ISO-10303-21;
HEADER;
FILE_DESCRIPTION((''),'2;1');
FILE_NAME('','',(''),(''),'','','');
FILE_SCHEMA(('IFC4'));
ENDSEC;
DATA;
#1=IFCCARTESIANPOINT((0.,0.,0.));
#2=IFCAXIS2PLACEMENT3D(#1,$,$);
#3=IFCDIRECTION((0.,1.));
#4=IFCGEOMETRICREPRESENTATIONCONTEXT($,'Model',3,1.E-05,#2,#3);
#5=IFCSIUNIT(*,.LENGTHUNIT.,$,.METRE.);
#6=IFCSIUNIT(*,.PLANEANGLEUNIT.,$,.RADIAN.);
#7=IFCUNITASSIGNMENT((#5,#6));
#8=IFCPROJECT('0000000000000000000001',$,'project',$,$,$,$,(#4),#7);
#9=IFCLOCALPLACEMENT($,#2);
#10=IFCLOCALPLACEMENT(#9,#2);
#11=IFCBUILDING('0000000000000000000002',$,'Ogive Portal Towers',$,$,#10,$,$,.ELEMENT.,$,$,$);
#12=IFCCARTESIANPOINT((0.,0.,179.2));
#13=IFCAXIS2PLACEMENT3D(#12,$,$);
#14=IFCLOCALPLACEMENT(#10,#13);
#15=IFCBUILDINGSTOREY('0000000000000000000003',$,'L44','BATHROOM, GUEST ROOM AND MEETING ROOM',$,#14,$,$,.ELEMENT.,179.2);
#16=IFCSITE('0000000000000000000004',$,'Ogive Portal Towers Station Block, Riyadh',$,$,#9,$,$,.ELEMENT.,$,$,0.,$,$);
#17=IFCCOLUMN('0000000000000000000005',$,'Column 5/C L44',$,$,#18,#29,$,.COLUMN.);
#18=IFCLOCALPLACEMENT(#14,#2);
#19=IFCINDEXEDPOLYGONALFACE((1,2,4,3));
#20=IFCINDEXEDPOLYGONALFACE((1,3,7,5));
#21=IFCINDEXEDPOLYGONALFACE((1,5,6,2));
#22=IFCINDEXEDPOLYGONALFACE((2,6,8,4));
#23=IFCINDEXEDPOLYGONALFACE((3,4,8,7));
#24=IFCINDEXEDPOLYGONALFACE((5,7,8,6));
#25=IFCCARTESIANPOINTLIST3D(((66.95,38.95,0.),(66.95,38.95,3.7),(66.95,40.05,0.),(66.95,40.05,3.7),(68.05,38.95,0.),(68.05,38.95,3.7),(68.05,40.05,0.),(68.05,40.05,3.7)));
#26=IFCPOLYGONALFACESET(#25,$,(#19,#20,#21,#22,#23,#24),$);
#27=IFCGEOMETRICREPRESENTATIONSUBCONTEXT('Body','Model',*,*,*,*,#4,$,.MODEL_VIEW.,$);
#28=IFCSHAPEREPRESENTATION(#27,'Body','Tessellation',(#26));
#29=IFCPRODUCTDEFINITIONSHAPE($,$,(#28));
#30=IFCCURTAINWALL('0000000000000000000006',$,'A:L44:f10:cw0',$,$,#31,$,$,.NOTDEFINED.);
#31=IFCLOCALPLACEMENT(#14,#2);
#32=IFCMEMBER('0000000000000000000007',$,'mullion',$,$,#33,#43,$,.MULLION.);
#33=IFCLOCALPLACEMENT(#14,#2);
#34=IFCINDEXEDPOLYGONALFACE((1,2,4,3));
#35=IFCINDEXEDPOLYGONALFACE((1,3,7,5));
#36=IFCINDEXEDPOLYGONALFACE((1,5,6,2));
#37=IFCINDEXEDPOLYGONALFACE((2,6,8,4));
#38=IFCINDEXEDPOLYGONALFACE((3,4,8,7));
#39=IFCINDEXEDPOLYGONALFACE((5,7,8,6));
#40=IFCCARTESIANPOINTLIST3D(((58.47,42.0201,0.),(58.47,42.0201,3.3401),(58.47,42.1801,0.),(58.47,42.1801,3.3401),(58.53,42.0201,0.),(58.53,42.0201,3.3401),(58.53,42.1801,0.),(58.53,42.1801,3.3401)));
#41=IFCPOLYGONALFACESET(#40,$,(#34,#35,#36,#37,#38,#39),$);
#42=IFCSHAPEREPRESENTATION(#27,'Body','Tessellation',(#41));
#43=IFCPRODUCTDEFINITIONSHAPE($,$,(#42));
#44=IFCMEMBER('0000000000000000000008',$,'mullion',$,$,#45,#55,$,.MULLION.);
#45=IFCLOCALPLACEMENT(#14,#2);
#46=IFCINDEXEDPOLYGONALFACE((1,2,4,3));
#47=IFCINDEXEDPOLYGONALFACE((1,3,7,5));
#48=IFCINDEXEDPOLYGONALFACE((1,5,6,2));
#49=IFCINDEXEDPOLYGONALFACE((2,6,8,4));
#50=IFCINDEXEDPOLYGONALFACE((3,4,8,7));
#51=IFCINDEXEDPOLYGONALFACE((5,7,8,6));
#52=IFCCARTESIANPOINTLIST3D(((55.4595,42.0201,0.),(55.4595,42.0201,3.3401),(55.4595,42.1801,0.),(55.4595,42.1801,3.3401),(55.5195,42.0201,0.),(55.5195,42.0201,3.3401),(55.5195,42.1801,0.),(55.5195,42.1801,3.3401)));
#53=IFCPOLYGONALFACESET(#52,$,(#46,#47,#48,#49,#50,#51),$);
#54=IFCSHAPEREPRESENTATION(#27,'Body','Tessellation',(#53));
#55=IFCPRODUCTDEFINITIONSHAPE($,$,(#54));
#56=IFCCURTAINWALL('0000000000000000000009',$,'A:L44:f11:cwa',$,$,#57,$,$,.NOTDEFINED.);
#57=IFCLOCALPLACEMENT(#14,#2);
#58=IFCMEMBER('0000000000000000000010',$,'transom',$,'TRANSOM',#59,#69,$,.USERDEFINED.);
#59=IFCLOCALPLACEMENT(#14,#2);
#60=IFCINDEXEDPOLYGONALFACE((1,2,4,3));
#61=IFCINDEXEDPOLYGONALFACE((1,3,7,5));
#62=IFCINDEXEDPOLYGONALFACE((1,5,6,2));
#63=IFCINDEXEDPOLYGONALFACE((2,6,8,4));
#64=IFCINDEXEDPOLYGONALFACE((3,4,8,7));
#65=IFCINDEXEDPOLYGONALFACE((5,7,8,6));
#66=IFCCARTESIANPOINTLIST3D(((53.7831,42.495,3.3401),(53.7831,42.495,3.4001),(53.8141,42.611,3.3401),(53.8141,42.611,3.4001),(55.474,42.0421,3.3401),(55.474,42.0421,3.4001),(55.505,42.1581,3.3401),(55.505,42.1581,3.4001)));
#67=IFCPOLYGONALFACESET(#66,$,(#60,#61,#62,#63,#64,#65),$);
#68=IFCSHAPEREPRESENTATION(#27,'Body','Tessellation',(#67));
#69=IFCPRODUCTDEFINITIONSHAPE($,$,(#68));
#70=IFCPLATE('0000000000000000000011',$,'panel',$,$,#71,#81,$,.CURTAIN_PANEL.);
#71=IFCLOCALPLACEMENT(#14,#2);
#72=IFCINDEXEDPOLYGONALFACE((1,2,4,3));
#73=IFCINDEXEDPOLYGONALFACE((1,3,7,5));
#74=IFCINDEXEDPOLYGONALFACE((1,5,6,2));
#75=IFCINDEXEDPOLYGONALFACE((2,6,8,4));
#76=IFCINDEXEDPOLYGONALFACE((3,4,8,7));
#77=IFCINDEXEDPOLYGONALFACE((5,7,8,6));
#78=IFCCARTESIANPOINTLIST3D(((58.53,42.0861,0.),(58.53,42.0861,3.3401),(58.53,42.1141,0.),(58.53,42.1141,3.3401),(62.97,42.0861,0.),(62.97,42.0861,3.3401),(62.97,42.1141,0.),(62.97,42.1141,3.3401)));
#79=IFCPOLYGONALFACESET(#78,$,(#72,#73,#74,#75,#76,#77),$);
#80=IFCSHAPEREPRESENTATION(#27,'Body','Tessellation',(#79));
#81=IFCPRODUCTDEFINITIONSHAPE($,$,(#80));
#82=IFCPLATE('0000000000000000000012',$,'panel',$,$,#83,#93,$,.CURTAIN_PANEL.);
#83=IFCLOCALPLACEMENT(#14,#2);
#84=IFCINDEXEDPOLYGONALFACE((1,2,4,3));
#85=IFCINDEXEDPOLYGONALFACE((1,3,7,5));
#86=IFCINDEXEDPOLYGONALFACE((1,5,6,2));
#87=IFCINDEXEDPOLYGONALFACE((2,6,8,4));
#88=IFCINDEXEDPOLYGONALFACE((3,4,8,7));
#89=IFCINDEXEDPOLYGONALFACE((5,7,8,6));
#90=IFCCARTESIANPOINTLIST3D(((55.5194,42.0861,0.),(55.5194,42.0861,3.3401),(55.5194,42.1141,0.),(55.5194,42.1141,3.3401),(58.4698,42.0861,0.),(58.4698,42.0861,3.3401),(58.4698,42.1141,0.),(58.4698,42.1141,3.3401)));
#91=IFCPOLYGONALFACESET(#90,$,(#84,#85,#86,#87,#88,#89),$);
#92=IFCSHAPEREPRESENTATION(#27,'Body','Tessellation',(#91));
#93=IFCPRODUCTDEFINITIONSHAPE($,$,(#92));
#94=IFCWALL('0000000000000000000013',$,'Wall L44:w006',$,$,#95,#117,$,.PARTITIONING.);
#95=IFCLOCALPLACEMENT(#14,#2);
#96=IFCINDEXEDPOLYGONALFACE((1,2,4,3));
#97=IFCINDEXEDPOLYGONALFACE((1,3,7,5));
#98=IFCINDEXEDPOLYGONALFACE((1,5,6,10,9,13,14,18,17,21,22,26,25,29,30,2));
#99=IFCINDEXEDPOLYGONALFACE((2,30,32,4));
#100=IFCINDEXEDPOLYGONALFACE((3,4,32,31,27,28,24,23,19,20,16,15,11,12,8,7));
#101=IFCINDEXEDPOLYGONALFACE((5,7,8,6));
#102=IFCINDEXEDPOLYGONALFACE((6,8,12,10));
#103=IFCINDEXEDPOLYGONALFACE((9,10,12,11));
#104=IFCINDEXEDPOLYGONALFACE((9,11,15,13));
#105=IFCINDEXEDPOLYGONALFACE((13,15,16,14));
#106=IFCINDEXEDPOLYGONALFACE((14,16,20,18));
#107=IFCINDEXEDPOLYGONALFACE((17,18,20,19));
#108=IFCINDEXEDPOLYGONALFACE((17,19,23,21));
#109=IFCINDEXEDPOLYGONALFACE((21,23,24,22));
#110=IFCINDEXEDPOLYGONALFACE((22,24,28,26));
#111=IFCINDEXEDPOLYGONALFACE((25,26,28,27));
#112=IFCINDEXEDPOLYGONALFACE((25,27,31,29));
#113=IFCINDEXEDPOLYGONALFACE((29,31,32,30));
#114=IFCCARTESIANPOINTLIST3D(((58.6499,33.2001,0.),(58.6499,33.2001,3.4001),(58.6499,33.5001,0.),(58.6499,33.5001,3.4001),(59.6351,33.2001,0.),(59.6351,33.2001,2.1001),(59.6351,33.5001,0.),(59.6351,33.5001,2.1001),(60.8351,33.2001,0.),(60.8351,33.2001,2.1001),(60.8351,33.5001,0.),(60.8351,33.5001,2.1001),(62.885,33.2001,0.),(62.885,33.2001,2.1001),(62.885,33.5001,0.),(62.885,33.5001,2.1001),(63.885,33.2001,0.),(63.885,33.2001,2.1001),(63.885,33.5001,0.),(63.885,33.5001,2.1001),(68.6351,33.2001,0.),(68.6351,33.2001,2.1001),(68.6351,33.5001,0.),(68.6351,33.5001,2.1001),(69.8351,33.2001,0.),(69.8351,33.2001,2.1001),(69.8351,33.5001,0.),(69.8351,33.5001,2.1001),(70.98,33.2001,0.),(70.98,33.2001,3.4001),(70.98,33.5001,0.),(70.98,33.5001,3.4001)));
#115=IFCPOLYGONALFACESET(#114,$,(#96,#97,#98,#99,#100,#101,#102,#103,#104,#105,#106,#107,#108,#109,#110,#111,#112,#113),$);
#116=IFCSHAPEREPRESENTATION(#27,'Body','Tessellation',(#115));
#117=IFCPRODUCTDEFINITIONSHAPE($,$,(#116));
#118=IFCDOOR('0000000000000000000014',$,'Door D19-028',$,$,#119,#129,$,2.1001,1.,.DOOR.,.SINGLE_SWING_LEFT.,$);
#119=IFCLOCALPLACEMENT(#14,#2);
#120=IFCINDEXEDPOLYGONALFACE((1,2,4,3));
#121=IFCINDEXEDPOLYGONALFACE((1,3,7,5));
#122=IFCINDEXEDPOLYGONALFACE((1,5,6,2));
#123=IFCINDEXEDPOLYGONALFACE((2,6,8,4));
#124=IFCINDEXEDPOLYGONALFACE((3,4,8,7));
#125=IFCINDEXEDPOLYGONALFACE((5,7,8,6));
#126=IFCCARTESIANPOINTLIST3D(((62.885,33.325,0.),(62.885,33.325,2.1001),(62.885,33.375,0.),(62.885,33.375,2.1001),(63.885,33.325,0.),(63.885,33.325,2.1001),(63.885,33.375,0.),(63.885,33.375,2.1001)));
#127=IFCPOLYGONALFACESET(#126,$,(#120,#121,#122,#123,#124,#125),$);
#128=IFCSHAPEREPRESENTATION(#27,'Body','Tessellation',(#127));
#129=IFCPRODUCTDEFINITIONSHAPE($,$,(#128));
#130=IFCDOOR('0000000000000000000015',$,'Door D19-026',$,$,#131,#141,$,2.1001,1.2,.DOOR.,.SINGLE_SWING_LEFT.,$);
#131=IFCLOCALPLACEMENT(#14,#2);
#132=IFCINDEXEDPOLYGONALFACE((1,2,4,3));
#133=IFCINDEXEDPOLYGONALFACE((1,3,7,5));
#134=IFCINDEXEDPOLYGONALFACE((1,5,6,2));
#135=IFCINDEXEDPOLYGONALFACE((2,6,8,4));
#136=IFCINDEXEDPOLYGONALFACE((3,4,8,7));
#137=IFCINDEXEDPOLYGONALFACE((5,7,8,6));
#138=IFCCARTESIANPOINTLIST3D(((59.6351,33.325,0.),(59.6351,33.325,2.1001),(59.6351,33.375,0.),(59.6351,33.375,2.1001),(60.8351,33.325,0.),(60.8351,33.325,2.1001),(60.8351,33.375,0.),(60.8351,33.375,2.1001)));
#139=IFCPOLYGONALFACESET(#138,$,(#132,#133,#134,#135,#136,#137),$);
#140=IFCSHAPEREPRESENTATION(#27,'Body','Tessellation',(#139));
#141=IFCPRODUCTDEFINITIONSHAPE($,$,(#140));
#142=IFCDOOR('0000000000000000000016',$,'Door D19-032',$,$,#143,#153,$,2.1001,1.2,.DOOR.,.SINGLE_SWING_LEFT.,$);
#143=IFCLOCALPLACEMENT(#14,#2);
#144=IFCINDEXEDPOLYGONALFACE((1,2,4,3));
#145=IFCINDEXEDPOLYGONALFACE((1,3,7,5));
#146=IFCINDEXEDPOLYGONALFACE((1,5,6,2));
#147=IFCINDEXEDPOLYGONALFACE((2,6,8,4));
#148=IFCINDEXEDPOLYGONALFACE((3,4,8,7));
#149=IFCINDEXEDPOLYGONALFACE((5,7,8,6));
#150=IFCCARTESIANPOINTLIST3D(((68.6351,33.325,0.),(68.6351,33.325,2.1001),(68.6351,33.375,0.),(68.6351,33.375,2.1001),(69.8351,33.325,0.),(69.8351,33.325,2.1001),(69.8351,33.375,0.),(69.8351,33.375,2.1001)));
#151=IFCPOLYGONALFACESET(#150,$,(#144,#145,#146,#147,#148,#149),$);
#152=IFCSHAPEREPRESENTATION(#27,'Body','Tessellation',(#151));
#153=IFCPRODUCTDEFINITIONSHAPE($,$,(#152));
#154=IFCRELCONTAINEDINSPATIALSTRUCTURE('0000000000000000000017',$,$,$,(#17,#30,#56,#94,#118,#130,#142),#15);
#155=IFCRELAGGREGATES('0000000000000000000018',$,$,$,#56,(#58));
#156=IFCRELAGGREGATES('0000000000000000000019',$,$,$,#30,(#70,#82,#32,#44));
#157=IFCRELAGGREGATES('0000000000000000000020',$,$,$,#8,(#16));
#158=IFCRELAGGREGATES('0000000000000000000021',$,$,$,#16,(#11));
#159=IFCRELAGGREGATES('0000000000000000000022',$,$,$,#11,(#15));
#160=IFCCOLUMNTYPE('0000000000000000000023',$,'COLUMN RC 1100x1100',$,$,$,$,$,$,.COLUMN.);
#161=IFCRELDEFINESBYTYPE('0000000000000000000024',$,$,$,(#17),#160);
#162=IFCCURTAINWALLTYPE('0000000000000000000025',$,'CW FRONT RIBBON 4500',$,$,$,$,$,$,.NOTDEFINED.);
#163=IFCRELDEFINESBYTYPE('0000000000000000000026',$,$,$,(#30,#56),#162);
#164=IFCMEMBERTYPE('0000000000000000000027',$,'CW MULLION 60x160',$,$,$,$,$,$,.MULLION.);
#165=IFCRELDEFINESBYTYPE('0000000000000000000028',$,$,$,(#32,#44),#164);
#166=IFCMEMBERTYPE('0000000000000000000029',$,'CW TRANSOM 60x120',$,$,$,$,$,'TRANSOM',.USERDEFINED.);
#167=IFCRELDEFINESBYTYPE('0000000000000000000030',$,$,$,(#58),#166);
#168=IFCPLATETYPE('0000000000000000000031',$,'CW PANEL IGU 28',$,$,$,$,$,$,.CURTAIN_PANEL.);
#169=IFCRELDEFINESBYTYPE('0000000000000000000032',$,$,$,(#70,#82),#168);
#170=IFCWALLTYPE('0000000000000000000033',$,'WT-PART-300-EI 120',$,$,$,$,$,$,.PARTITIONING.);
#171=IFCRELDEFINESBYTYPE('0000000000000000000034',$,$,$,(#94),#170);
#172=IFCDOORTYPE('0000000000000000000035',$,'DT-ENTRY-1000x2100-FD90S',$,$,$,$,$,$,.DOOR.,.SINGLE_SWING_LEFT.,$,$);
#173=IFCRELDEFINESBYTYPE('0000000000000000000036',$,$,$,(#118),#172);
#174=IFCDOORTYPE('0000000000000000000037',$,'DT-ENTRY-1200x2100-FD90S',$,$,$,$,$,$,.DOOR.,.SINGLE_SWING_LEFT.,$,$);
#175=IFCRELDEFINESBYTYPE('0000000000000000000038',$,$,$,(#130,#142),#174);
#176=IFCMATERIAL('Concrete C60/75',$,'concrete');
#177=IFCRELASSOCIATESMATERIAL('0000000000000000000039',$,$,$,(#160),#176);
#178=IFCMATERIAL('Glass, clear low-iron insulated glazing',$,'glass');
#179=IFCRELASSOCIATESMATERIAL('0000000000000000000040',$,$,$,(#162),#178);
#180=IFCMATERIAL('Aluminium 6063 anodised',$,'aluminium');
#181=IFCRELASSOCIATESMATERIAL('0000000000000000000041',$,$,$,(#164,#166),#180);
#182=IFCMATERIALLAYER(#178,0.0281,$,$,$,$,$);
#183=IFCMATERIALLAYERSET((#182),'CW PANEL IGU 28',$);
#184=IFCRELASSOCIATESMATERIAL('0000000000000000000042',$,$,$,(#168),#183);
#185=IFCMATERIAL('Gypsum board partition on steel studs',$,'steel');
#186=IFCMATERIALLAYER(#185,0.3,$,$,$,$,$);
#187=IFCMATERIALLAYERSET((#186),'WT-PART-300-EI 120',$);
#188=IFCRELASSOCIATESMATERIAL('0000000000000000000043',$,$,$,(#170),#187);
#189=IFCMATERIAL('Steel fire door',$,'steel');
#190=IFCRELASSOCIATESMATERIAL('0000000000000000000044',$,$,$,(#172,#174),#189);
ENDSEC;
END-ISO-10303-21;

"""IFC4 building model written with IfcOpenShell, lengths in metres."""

from ifc_helpers import new_model, si_unit, direction, frame, frame_2d, origin, origin_2d, place, context, subcontext, project, spatial, rectangle, extrude, material, layer, layer_set, material_profile, profile_set, type_object, element, fill, aggregate, save


model = new_model("IFC4")

# Units and contexts
model_context = context("Model", 3, precision=1e-05, world=origin(), true_north=direction((0.0, 1.0)))
body_context = subcontext(model_context, "Body", "Model", "MODEL_VIEW")
ifc_project = project(units=[si_unit("LENGTHUNIT", "METRE"), si_unit("PLANEANGLEUNIT", "RADIAN")], contexts=[model_context])

# Site, building, storey
site_placement = place(None, origin())
site = spatial("IfcSite", under=ifc_project, at=site_placement, Name="Ogive Portal Towers Station Block, Riyadh", CompositionType="ELEMENT", RefElevation=0.0)
building_placement = place(site_placement, origin())
building = spatial("IfcBuilding", under=site, at=building_placement, Name="Ogive Portal Towers", CompositionType="ELEMENT")
storey_placement = place(building_placement, frame((0.0, 0.0, 179.2)))
storey = spatial("IfcBuildingStorey", under=building, at=storey_placement, Name="L44", Description="BATHROOM, GUEST ROOM AND MEETING ROOM", CompositionType="ELEMENT", Elevation=179.2)

# Column
ifc_material_1 = material(Name="Concrete C60/75", Category="concrete")
ifc_material_profile_1 = material_profile(ifc_material_1, rectangle(XDim=1.1001, YDim=1.1001, at=origin_2d()), Name="RC 1100x1100")
ifc_profile_set_1 = profile_set([ifc_material_profile_1], Name="Concrete C60/75")
column_type = type_object("IfcColumnType", Name="COLUMN RC 1100x1100", PredefinedType="COLUMN", material=ifc_profile_set_1)
column_placement = place(storey_placement, frame((67.5, 39.5, 0.0), z_axis=(0.0, 0.0, 1.0), x_axis=(1.0, 0.0, 0.0)))
element("IfcColumn", 1, at=column_placement, inside=storey, type_object=column_type, Name="Column 5/C L44", PredefinedType="COLUMN", context=body_context, shape_type="SweptSolid", body=[
    extrude(rectangle(XDim=1.1001, YDim=1.1001, at=origin_2d()), origin(), (0.0, 0.0, 1.0), 3.7),
])

# Curtain wall, members
ifc_material_2 = material(Name="Glass, clear low-iron insulated glazing", Category="glass")
curtain_wall_type = type_object("IfcCurtainWallType", Name="CW FRONT RIBBON 4500", PredefinedType="NOTDEFINED", material=ifc_material_2)
curtain_wall_1_placement = place(storey_placement, origin())
curtain_wall_1 = element("IfcCurtainWall", 2, at=curtain_wall_1_placement, inside=storey, type_object=curtain_wall_type, Name="A:L44:f10:cw0", PredefinedType="NOTDEFINED")
ifc_material_3 = material(Name="Aluminium 6063 anodised", Category="aluminium")
ifc_material_profile_2 = material_profile(ifc_material_3, rectangle(XDim=0.1599, YDim=0.0601, at=origin_2d()), Name="AL 60x160")
ifc_profile_set_2 = profile_set([ifc_material_profile_2], Name="Aluminium 6063 anodised")
member_type_1 = type_object("IfcMemberType", Name="CW MULLION 60x160", PredefinedType="MULLION", material=ifc_profile_set_2)
member_1_placement = place(storey_placement, frame((58.5, 42.1001, 0.0), z_axis=(0.0, 0.0, 1.0), x_axis=(0.0, -1.0, 0.0)))
member_1 = element("IfcMember", 3, at=member_1_placement, type_object=member_type_1, Name="mullion", PredefinedType="MULLION", context=body_context, shape_type="SweptSolid", body=[
    extrude(rectangle(XDim=0.1599, YDim=0.0601, at=origin_2d()), origin(), (0.0, 0.0, 1.0), 3.3401),
])
member_2_placement = place(storey_placement, frame((55.4895, 42.1001, 0.0), z_axis=(0.0, 0.0, 1.0), x_axis=(0.0, -1.0, 0.0)))
member_2 = element("IfcMember", 4, at=member_2_placement, type_object=member_type_1, Name="mullion", PredefinedType="MULLION", context=body_context, shape_type="SweptSolid", body=[
    extrude(rectangle(XDim=0.1599, YDim=0.0601, at=origin_2d()), origin(), (0.0, 0.0, 1.0), 3.3401),
])

# Curtain wall, member
curtain_wall_2_placement = place(storey_placement, origin())
curtain_wall_2 = element("IfcCurtainWall", 5, at=curtain_wall_2_placement, inside=storey, type_object=curtain_wall_type, Name="A:L44:f11:cwa", PredefinedType="NOTDEFINED")
ifc_material_profile_3 = material_profile(ifc_material_3, rectangle(XDim=0.1201, YDim=0.0601, at=origin_2d()), Name="AL 120x60")
ifc_profile_set_3 = profile_set([ifc_material_profile_3], Name="Aluminium 6063 anodised")
member_type_2 = type_object("IfcMemberType", Name="CW TRANSOM 60x120", ElementType="TRANSOM", PredefinedType="USERDEFINED", material=ifc_profile_set_3)
member_3_placement = place(storey_placement, frame((55.4895, 42.1001, 3.3701), z_axis=(-0.965954, 0.258713, 0.0), x_axis=(-0.258713, -0.965954, 0.0)))
member_3 = element("IfcMember", 6, at=member_3_placement, type_object=member_type_2, Name="transom", ObjectType="TRANSOM", PredefinedType="USERDEFINED", context=body_context, shape_type="SweptSolid", body=[
    extrude(rectangle(XDim=0.1201, YDim=0.0601, at=origin_2d()), origin(), (0.0, 0.0, 1.0), 1.7505),
])
aggregate(curtain_wall_2, [member_3])

# Plates
ifc_layer_1 = layer(ifc_material_2, 0.0281)
ifc_layer_set_1 = layer_set([ifc_layer_1], Name="CW PANEL IGU 28")
plate_type = type_object("IfcPlateType", Name="CW PANEL IGU 28", PredefinedType="CURTAIN_PANEL", material=ifc_layer_set_1)
plate_1_placement = place(storey_placement, frame((60.75, 42.1001, 0.0), z_axis=(0.0, 0.0, 1.0), x_axis=(-1.0, 0.0, 0.0)))
plate_1 = element("IfcPlate", 7, at=plate_1_placement, type_object=plate_type, Name="panel", PredefinedType="CURTAIN_PANEL", context=body_context, shape_type="SweptSolid", body=[
    extrude(rectangle(XDim=4.4399, YDim=0.0281, at=origin_2d()), origin(), (0.0, 0.0, 1.0), 3.3401),
])
plate_2_placement = place(storey_placement, frame((56.9946, 42.1001, 0.0), z_axis=(0.0, 0.0, 1.0), x_axis=(-1.0, 0.0, 0.0)))
plate_2 = element("IfcPlate", 8, at=plate_2_placement, type_object=plate_type, Name="panel", PredefinedType="CURTAIN_PANEL", context=body_context, shape_type="SweptSolid", body=[
    extrude(rectangle(XDim=2.9504, YDim=0.0281, at=origin_2d()), origin(), (0.0, 0.0, 1.0), 3.3401),
])
aggregate(curtain_wall_1, [plate_1, plate_2, member_1, member_2])

# Wall, openings, doors
ifc_material_4 = material(Name="Gypsum board partition on steel studs", Category="steel")
ifc_layer_2 = layer(ifc_material_4, 0.3)
ifc_layer_set_2 = layer_set([ifc_layer_2], Name="WT-PART-300-EI 120")
wall_type_1 = type_object("IfcWallType", Name="WT-PART-300-EI 120", PredefinedType="PARTITIONING", material=ifc_layer_set_2)
wall_1_placement = place(storey_placement, frame((58.6499, 33.3501, 0.0), z_axis=(0.0, 0.0, 1.0), x_axis=(1.0, 0.0, 0.0)))
wall_1 = element("IfcWall", 9, at=wall_1_placement, inside=storey, type_object=wall_type_1, Name="Wall L44:w006", PredefinedType="PARTITIONING", context=body_context, shape_type="SweptSolid", body=[
    extrude(rectangle(XDim=12.3301, YDim=0.3, at=frame_2d((6.165, 0.0))), origin(), (0.0, 0.0, 1.0), 3.4001),
])
opening_1_placement = place(wall_1_placement, frame((0.9851, 0.0, 0.0)))
opening_1 = element("IfcOpeningElement", 10, at=opening_1_placement, cuts=wall_1, PredefinedType="OPENING", context=body_context, shape_type="SweptSolid", body=[
    extrude(rectangle(XDim=1.2, YDim=2.1001, at=frame_2d((0.6001, 1.05))), frame((0.0, 0.1602, 0.0), z_axis=(0.0, -1.0, 0.0), x_axis=(1.0, 0.0, 0.0)), (0.0, 0.0, 1.0), 0.3201),
])
opening_2_placement = place(wall_1_placement, frame((4.2351, 0.0, 0.0)))
opening_2 = element("IfcOpeningElement", 11, at=opening_2_placement, cuts=wall_1, PredefinedType="OPENING", context=body_context, shape_type="SweptSolid", body=[
    extrude(rectangle(XDim=1.0, YDim=2.1001, at=frame_2d((0.5, 1.05))), frame((0.0, 0.1602, 0.0), z_axis=(0.0, -1.0, 0.0), x_axis=(1.0, 0.0, 0.0)), (0.0, 0.0, 1.0), 0.3201),
])
opening_3_placement = place(wall_1_placement, frame((9.9851, 0.0, 0.0)))
opening_3 = element("IfcOpeningElement", 12, at=opening_3_placement, cuts=wall_1, PredefinedType="OPENING", context=body_context, shape_type="SweptSolid", body=[
    extrude(rectangle(XDim=1.2, YDim=2.1001, at=frame_2d((0.6001, 1.05))), frame((0.0, 0.1602, 0.0), z_axis=(0.0, -1.0, 0.0), x_axis=(1.0, 0.0, 0.0)), (0.0, 0.0, 1.0), 0.3201),
])
ifc_material_5 = material(Name="Steel fire door", Category="steel")
door_type_1 = type_object("IfcDoorType", Name="DT-ENTRY-1000x2100-FD90S", OperationType="SINGLE_SWING_LEFT", PredefinedType="DOOR", material=ifc_material_5)
door_1_placement = place(opening_2_placement, origin())
door_1 = element("IfcDoor", 13, at=door_1_placement, inside=storey, type_object=door_type_1, Name="Door D19-028", OperationType="SINGLE_SWING_LEFT", OverallHeight=2.1001, OverallWidth=1.0, PredefinedType="DOOR", context=body_context, shape_type="SweptSolid", body=[
    extrude(rectangle(XDim=1.0, YDim=2.1001, at=frame_2d((0.5, 1.05))), frame((0.0, 0.0249, 0.0), z_axis=(0.0, -1.0, 0.0), x_axis=(1.0, 0.0, 0.0)), (0.0, 0.0, 1.0), 0.05),
])
fill(opening_2, door_1)
door_type_2 = type_object("IfcDoorType", Name="DT-ENTRY-1200x2100-FD90S", OperationType="SINGLE_SWING_LEFT", PredefinedType="DOOR", material=ifc_material_5)
door_2_placement = place(opening_1_placement, origin())
door_2 = element("IfcDoor", 14, at=door_2_placement, inside=storey, type_object=door_type_2, Name="Door D19-026", OperationType="SINGLE_SWING_LEFT", OverallHeight=2.1001, OverallWidth=1.2, PredefinedType="DOOR", context=body_context, shape_type="SweptSolid", body=[
    extrude(rectangle(XDim=1.2, YDim=2.1001, at=frame_2d((0.6001, 1.05))), frame((0.0, 0.0249, 0.0), z_axis=(0.0, -1.0, 0.0), x_axis=(1.0, 0.0, 0.0)), (0.0, 0.0, 1.0), 0.05),
])
fill(opening_1, door_2)
door_3_placement = place(opening_3_placement, origin())
door_3 = element("IfcDoor", 15, at=door_3_placement, inside=storey, type_object=door_type_2, Name="Door D19-032", OperationType="SINGLE_SWING_LEFT", OverallHeight=2.1001, OverallWidth=1.2, PredefinedType="DOOR", context=body_context, shape_type="SweptSolid", body=[
    extrude(rectangle(XDim=1.2, YDim=2.1001, at=frame_2d((0.6001, 1.05))), frame((0.0, 0.0249, 0.0), z_axis=(0.0, -1.0, 0.0), x_axis=(1.0, 0.0, 0.0)), (0.0, 0.0, 1.0), 0.05),
])
fill(opening_3, door_3)

save(model, "model.ifc")
